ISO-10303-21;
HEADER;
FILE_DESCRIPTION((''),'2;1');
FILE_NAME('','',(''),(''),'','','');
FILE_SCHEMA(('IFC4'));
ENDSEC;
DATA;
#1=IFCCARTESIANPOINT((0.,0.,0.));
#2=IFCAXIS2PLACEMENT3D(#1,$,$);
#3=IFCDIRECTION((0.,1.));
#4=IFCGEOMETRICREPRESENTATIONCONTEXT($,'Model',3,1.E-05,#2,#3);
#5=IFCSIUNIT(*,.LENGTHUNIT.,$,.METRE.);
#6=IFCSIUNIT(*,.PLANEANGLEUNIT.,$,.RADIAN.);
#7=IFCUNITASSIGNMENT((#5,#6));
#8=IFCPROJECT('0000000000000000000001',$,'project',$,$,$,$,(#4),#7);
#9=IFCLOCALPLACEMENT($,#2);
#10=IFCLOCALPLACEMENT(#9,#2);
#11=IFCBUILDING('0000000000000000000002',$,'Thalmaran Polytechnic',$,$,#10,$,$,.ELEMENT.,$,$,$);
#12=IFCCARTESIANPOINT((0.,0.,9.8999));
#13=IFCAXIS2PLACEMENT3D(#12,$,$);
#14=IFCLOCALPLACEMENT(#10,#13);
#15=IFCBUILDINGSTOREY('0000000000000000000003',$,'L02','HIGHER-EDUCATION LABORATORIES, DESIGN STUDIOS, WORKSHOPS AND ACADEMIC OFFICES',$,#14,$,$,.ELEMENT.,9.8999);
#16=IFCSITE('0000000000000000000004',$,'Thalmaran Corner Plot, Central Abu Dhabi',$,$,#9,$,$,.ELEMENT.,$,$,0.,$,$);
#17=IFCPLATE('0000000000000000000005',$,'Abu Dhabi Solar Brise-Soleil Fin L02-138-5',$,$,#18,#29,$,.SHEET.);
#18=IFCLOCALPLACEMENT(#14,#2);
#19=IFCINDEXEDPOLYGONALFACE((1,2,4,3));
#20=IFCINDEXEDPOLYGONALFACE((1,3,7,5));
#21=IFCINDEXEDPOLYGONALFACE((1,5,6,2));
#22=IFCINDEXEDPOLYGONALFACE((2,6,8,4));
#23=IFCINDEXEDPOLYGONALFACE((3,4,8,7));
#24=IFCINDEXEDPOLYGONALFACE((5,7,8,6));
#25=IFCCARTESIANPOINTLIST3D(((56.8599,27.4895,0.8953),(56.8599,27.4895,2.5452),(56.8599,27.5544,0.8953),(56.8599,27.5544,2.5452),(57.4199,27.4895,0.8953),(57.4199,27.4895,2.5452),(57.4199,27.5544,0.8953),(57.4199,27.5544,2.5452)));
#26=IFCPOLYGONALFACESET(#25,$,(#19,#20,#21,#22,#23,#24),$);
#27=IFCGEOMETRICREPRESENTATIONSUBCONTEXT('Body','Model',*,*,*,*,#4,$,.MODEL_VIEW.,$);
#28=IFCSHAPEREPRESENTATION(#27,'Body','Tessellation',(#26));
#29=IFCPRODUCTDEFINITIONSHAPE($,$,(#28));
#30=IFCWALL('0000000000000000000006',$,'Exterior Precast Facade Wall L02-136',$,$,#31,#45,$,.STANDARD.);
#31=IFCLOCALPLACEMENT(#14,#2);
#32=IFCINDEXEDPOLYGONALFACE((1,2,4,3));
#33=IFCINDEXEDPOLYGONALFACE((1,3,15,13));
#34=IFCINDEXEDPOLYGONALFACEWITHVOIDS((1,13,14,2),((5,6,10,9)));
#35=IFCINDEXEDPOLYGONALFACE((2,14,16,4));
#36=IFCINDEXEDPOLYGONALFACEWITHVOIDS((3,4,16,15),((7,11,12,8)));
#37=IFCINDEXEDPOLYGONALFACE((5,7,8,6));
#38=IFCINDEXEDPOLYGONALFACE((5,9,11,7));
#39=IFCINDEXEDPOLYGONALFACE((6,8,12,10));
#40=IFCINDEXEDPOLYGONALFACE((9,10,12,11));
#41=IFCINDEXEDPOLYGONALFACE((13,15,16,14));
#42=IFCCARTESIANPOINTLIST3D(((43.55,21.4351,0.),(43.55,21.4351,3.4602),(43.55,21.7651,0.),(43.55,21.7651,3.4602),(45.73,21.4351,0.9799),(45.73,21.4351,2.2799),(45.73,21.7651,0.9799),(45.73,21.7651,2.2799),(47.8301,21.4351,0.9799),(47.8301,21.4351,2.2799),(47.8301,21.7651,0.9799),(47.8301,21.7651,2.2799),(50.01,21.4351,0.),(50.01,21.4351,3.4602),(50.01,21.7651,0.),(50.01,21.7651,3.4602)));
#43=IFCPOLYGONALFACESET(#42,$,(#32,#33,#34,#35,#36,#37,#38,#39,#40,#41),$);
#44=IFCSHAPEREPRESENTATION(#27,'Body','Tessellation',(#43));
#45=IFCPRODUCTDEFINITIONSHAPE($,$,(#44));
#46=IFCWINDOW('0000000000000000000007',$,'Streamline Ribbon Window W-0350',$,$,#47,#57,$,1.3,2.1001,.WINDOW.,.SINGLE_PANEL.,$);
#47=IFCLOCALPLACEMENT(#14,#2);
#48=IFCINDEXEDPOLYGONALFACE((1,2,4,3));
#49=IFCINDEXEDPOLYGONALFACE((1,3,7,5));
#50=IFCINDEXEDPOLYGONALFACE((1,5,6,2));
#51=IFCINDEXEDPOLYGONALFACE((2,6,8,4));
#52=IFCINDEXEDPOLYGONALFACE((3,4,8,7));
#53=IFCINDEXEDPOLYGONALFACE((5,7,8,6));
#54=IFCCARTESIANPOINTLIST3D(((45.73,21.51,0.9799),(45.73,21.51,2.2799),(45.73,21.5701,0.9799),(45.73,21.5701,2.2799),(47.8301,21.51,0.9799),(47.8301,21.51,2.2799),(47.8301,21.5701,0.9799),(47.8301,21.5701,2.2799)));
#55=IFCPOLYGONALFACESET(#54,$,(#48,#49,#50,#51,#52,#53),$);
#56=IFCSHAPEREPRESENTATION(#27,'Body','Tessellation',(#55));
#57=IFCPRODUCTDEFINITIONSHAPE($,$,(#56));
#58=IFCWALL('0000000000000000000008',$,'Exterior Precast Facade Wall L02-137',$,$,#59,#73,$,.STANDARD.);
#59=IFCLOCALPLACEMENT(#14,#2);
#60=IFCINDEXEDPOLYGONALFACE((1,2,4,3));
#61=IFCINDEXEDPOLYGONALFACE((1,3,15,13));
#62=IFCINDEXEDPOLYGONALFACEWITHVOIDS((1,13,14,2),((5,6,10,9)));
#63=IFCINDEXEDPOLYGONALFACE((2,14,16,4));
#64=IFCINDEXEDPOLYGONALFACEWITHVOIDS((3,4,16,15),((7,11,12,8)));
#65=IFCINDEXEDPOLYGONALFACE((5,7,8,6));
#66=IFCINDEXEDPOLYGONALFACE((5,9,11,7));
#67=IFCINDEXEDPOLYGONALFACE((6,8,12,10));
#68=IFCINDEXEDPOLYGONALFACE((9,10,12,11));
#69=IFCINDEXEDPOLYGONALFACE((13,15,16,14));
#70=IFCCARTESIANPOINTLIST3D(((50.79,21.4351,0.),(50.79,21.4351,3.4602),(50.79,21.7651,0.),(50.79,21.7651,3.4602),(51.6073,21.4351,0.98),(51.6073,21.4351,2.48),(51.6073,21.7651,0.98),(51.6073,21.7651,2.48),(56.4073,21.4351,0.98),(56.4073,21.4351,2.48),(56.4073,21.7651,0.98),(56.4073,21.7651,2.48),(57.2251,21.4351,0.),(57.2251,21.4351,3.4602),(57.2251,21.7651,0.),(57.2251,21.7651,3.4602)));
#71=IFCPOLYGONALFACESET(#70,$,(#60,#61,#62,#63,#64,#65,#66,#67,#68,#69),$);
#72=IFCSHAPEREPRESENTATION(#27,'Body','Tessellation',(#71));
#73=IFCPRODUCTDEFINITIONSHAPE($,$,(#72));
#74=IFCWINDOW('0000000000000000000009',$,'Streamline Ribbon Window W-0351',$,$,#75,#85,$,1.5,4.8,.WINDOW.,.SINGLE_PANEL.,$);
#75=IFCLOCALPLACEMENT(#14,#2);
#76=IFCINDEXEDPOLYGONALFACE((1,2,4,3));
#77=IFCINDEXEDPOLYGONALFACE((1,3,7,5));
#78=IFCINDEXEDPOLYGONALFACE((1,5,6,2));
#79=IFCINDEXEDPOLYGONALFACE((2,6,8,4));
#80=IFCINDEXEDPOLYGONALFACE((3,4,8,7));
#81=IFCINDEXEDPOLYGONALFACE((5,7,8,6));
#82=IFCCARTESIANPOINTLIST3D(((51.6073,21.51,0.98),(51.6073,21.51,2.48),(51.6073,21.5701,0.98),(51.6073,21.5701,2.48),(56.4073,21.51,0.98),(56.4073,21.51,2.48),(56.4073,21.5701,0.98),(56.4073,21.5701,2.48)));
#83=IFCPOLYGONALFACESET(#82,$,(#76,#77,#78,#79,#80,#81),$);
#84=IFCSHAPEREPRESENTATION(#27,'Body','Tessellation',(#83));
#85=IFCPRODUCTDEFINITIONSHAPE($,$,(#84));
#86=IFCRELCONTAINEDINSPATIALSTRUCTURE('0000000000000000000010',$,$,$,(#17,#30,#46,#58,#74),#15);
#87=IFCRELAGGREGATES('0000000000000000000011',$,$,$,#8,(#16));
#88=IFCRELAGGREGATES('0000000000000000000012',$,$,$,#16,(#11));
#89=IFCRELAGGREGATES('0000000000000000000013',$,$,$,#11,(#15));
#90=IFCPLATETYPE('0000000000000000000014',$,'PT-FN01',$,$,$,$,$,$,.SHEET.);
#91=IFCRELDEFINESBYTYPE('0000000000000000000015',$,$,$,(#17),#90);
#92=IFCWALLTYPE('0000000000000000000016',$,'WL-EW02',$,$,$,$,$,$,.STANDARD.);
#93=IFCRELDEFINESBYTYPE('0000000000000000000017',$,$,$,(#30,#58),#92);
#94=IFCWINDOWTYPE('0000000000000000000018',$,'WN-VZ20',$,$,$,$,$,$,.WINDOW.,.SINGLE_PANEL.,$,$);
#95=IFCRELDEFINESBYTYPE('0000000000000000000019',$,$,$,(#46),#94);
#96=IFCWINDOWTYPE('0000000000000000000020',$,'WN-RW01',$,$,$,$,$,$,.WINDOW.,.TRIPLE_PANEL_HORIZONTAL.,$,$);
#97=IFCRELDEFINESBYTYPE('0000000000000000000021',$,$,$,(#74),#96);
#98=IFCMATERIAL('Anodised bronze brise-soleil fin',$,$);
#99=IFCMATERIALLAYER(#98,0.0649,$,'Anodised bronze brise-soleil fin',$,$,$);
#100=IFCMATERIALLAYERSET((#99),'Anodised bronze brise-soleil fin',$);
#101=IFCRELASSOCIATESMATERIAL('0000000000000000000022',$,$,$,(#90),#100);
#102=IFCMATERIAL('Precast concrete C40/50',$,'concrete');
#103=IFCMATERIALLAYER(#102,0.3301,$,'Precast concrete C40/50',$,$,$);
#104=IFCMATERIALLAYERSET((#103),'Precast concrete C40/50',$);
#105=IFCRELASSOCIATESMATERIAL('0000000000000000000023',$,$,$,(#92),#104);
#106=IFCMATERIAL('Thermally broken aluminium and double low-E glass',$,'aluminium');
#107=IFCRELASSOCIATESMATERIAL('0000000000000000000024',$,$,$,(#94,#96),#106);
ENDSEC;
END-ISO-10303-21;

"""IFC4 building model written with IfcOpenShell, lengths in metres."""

from ifc_helpers import new_model, si_unit, direction, frame, frame_2d, origin, origin_2d, place, context, subcontext, project, spatial, rectangle, extrude, material, layer, layer_set, type_object, element, fill, save


model = new_model("IFC4")

# Units and contexts
model_context = context("Model", 3, precision=1e-05, world=origin(), true_north=direction((0.0, 1.0)))
body_context = subcontext(model_context, "Body", "Model", "MODEL_VIEW")
ifc_project = project(units=[si_unit("LENGTHUNIT", "METRE"), si_unit("PLANEANGLEUNIT", "RADIAN")], contexts=[model_context])

# Site, building, storey
site_placement = place(None, origin())
site = spatial("IfcSite", under=ifc_project, at=site_placement, Name="Thalmaran Corner Plot, Central Abu Dhabi", CompositionType="ELEMENT", RefElevation=0.0)
building_placement = place(site_placement, origin())
building = spatial("IfcBuilding", under=site, at=building_placement, Name="Thalmaran Polytechnic", CompositionType="ELEMENT")
storey_placement = place(building_placement, frame((0.0, 0.0, 9.8999)))
storey = spatial("IfcBuildingStorey", under=building, at=storey_placement, Name="L02", Description="HIGHER-EDUCATION LABORATORIES, DESIGN STUDIOS, WORKSHOPS AND ACADEMIC OFFICES", CompositionType="ELEMENT", Elevation=9.8999)

# Plate
ifc_material_1 = material(Name="Anodised bronze brise-soleil fin")
ifc_layer_1 = layer(ifc_material_1, 0.0649, Name="Anodised bronze brise-soleil fin")
ifc_layer_set_1 = layer_set([ifc_layer_1], Name="Anodised bronze brise-soleil fin")
plate_type_1 = type_object("IfcPlateType", Name="PT-FN01", PredefinedType="SHEET", material=ifc_layer_set_1)
for number, where, z_axis, x_axis, name in (
    (1, (57.1399, 27.522, 0.8953), (0.0, 0.0, 1.0), (0.0, 1.0, 0.0), "Abu Dhabi Solar Brise-Soleil Fin L02-138-5"),
):
    element("IfcPlate", number, at=place(storey_placement, frame(where, z_axis=z_axis, x_axis=x_axis)), inside=storey, type_object=plate_type_1, Name=name, PredefinedType="SHEET", context=body_context, shape_type="SweptSolid", body=[
        extrude(rectangle(XDim=0.0649, YDim=0.5601, at=origin_2d()), origin(), (0.0, 0.0, 1.0), 1.6499),
    ])

# Walls, openings, windows
ifc_material_2 = material(Name="Precast concrete C40/50", Category="concrete")
ifc_layer_2 = layer(ifc_material_2, 0.3301, Name="Precast concrete C40/50")
ifc_layer_set_2 = layer_set([ifc_layer_2], Name="Precast concrete C40/50")
wall_type = type_object("IfcWallType", Name="WL-EW02", PredefinedType="STANDARD", material=ifc_layer_set_2)
wall_1_placement = place(storey_placement, frame((43.55, 21.6001, 0.0), z_axis=(0.0, 0.0, 1.0), x_axis=(1.0, 0.0, 0.0)))
wall_1 = element("IfcWall", 2, at=wall_1_placement, inside=storey, type_object=wall_type, Name="Exterior Precast Facade Wall L02-136", PredefinedType="STANDARD", context=body_context, shape_type="SweptSolid", body=[
    extrude(rectangle(XDim=6.46, YDim=0.3301, at=frame_2d((3.23, 0.0))), origin(), (0.0, 0.0, 1.0), 3.4602),
])
opening_1_placement = place(wall_1_placement, frame((2.1799, 0.0, 0.98)))
opening_1 = element("IfcOpeningElement", 3, at=opening_1_placement, cuts=wall_1, PredefinedType="OPENING", context=body_context, shape_type="SweptSolid", body=[
    extrude(rectangle(XDim=2.1001, YDim=1.3, at=frame_2d((1.05, 0.6499))), frame((0.0, 0.175, 0.0), z_axis=(0.0, -1.0, 0.0), x_axis=(1.0, 0.0, 0.0)), (0.0, 0.0, 1.0), 0.3501),
])
ifc_material_3 = material(Name="Thermally broken aluminium and double low-E glass", Category="aluminium")
window_type_1 = type_object("IfcWindowType", Name="WN-VZ20", PartitioningType="SINGLE_PANEL", PredefinedType="WINDOW", material=ifc_material_3)
window_1_placement = place(opening_1_placement, origin())
window_1 = element("IfcWindow", 4, at=window_1_placement, inside=storey, type_object=window_type_1, Name="Streamline Ribbon Window W-0350", OverallHeight=1.3, OverallWidth=2.1001, PartitioningType="SINGLE_PANEL", PredefinedType="WINDOW", context=body_context, shape_type="SweptSolid", body=[
    extrude(rectangle(XDim=2.1001, YDim=1.3, at=frame_2d((1.05, 0.6499))), frame((0.0, -0.03, 0.0), z_axis=(0.0, -1.0, 0.0), x_axis=(1.0, 0.0, 0.0)), (0.0, 0.0, 1.0), 0.0601),
])
fill(opening_1, window_1)
wall_2_placement = place(storey_placement, frame((50.79, 21.6001, 0.0), z_axis=(0.0, 0.0, 1.0), x_axis=(1.0, 0.0, 0.0)))
wall_2 = element("IfcWall", 5, at=wall_2_placement, inside=storey, type_object=wall_type, Name="Exterior Precast Facade Wall L02-137", PredefinedType="STANDARD", context=body_context, shape_type="SweptSolid", body=[
    extrude(rectangle(XDim=6.4351, YDim=0.3301, at=frame_2d((3.2175, 0.0))), origin(), (0.0, 0.0, 1.0), 3.4602),
])
opening_2_placement = place(wall_2_placement, frame((0.8174, 0.0, 0.98)))
opening_2 = element("IfcOpeningElement", 6, at=opening_2_placement, cuts=wall_2, PredefinedType="OPENING", context=body_context, shape_type="SweptSolid", body=[
    extrude(rectangle(XDim=4.8, YDim=1.5, at=frame_2d((2.3999, 0.75))), frame((0.0, 0.175, 0.0), z_axis=(0.0, -1.0, 0.0), x_axis=(1.0, 0.0, 0.0)), (0.0, 0.0, 1.0), 0.3501),
])
window_type_2 = type_object("IfcWindowType", Name="WN-RW01", PartitioningType="TRIPLE_PANEL_HORIZONTAL", PredefinedType="WINDOW", material=ifc_material_3)
window_2_placement = place(opening_2_placement, origin())
window_2 = element("IfcWindow", 7, at=window_2_placement, inside=storey, type_object=window_type_2, Name="Streamline Ribbon Window W-0351", OverallHeight=1.5, OverallWidth=4.8, PartitioningType="SINGLE_PANEL", PredefinedType="WINDOW", context=body_context, shape_type="SweptSolid", body=[
    extrude(rectangle(XDim=4.8, YDim=1.5, at=frame_2d((2.3999, 0.75))), frame((0.0, -0.03, 0.0), z_axis=(0.0, -1.0, 0.0), x_axis=(1.0, 0.0, 0.0)), (0.0, 0.0, 1.0), 0.0601),
])
fill(opening_2, window_2)

save(model, "model.ifc")
